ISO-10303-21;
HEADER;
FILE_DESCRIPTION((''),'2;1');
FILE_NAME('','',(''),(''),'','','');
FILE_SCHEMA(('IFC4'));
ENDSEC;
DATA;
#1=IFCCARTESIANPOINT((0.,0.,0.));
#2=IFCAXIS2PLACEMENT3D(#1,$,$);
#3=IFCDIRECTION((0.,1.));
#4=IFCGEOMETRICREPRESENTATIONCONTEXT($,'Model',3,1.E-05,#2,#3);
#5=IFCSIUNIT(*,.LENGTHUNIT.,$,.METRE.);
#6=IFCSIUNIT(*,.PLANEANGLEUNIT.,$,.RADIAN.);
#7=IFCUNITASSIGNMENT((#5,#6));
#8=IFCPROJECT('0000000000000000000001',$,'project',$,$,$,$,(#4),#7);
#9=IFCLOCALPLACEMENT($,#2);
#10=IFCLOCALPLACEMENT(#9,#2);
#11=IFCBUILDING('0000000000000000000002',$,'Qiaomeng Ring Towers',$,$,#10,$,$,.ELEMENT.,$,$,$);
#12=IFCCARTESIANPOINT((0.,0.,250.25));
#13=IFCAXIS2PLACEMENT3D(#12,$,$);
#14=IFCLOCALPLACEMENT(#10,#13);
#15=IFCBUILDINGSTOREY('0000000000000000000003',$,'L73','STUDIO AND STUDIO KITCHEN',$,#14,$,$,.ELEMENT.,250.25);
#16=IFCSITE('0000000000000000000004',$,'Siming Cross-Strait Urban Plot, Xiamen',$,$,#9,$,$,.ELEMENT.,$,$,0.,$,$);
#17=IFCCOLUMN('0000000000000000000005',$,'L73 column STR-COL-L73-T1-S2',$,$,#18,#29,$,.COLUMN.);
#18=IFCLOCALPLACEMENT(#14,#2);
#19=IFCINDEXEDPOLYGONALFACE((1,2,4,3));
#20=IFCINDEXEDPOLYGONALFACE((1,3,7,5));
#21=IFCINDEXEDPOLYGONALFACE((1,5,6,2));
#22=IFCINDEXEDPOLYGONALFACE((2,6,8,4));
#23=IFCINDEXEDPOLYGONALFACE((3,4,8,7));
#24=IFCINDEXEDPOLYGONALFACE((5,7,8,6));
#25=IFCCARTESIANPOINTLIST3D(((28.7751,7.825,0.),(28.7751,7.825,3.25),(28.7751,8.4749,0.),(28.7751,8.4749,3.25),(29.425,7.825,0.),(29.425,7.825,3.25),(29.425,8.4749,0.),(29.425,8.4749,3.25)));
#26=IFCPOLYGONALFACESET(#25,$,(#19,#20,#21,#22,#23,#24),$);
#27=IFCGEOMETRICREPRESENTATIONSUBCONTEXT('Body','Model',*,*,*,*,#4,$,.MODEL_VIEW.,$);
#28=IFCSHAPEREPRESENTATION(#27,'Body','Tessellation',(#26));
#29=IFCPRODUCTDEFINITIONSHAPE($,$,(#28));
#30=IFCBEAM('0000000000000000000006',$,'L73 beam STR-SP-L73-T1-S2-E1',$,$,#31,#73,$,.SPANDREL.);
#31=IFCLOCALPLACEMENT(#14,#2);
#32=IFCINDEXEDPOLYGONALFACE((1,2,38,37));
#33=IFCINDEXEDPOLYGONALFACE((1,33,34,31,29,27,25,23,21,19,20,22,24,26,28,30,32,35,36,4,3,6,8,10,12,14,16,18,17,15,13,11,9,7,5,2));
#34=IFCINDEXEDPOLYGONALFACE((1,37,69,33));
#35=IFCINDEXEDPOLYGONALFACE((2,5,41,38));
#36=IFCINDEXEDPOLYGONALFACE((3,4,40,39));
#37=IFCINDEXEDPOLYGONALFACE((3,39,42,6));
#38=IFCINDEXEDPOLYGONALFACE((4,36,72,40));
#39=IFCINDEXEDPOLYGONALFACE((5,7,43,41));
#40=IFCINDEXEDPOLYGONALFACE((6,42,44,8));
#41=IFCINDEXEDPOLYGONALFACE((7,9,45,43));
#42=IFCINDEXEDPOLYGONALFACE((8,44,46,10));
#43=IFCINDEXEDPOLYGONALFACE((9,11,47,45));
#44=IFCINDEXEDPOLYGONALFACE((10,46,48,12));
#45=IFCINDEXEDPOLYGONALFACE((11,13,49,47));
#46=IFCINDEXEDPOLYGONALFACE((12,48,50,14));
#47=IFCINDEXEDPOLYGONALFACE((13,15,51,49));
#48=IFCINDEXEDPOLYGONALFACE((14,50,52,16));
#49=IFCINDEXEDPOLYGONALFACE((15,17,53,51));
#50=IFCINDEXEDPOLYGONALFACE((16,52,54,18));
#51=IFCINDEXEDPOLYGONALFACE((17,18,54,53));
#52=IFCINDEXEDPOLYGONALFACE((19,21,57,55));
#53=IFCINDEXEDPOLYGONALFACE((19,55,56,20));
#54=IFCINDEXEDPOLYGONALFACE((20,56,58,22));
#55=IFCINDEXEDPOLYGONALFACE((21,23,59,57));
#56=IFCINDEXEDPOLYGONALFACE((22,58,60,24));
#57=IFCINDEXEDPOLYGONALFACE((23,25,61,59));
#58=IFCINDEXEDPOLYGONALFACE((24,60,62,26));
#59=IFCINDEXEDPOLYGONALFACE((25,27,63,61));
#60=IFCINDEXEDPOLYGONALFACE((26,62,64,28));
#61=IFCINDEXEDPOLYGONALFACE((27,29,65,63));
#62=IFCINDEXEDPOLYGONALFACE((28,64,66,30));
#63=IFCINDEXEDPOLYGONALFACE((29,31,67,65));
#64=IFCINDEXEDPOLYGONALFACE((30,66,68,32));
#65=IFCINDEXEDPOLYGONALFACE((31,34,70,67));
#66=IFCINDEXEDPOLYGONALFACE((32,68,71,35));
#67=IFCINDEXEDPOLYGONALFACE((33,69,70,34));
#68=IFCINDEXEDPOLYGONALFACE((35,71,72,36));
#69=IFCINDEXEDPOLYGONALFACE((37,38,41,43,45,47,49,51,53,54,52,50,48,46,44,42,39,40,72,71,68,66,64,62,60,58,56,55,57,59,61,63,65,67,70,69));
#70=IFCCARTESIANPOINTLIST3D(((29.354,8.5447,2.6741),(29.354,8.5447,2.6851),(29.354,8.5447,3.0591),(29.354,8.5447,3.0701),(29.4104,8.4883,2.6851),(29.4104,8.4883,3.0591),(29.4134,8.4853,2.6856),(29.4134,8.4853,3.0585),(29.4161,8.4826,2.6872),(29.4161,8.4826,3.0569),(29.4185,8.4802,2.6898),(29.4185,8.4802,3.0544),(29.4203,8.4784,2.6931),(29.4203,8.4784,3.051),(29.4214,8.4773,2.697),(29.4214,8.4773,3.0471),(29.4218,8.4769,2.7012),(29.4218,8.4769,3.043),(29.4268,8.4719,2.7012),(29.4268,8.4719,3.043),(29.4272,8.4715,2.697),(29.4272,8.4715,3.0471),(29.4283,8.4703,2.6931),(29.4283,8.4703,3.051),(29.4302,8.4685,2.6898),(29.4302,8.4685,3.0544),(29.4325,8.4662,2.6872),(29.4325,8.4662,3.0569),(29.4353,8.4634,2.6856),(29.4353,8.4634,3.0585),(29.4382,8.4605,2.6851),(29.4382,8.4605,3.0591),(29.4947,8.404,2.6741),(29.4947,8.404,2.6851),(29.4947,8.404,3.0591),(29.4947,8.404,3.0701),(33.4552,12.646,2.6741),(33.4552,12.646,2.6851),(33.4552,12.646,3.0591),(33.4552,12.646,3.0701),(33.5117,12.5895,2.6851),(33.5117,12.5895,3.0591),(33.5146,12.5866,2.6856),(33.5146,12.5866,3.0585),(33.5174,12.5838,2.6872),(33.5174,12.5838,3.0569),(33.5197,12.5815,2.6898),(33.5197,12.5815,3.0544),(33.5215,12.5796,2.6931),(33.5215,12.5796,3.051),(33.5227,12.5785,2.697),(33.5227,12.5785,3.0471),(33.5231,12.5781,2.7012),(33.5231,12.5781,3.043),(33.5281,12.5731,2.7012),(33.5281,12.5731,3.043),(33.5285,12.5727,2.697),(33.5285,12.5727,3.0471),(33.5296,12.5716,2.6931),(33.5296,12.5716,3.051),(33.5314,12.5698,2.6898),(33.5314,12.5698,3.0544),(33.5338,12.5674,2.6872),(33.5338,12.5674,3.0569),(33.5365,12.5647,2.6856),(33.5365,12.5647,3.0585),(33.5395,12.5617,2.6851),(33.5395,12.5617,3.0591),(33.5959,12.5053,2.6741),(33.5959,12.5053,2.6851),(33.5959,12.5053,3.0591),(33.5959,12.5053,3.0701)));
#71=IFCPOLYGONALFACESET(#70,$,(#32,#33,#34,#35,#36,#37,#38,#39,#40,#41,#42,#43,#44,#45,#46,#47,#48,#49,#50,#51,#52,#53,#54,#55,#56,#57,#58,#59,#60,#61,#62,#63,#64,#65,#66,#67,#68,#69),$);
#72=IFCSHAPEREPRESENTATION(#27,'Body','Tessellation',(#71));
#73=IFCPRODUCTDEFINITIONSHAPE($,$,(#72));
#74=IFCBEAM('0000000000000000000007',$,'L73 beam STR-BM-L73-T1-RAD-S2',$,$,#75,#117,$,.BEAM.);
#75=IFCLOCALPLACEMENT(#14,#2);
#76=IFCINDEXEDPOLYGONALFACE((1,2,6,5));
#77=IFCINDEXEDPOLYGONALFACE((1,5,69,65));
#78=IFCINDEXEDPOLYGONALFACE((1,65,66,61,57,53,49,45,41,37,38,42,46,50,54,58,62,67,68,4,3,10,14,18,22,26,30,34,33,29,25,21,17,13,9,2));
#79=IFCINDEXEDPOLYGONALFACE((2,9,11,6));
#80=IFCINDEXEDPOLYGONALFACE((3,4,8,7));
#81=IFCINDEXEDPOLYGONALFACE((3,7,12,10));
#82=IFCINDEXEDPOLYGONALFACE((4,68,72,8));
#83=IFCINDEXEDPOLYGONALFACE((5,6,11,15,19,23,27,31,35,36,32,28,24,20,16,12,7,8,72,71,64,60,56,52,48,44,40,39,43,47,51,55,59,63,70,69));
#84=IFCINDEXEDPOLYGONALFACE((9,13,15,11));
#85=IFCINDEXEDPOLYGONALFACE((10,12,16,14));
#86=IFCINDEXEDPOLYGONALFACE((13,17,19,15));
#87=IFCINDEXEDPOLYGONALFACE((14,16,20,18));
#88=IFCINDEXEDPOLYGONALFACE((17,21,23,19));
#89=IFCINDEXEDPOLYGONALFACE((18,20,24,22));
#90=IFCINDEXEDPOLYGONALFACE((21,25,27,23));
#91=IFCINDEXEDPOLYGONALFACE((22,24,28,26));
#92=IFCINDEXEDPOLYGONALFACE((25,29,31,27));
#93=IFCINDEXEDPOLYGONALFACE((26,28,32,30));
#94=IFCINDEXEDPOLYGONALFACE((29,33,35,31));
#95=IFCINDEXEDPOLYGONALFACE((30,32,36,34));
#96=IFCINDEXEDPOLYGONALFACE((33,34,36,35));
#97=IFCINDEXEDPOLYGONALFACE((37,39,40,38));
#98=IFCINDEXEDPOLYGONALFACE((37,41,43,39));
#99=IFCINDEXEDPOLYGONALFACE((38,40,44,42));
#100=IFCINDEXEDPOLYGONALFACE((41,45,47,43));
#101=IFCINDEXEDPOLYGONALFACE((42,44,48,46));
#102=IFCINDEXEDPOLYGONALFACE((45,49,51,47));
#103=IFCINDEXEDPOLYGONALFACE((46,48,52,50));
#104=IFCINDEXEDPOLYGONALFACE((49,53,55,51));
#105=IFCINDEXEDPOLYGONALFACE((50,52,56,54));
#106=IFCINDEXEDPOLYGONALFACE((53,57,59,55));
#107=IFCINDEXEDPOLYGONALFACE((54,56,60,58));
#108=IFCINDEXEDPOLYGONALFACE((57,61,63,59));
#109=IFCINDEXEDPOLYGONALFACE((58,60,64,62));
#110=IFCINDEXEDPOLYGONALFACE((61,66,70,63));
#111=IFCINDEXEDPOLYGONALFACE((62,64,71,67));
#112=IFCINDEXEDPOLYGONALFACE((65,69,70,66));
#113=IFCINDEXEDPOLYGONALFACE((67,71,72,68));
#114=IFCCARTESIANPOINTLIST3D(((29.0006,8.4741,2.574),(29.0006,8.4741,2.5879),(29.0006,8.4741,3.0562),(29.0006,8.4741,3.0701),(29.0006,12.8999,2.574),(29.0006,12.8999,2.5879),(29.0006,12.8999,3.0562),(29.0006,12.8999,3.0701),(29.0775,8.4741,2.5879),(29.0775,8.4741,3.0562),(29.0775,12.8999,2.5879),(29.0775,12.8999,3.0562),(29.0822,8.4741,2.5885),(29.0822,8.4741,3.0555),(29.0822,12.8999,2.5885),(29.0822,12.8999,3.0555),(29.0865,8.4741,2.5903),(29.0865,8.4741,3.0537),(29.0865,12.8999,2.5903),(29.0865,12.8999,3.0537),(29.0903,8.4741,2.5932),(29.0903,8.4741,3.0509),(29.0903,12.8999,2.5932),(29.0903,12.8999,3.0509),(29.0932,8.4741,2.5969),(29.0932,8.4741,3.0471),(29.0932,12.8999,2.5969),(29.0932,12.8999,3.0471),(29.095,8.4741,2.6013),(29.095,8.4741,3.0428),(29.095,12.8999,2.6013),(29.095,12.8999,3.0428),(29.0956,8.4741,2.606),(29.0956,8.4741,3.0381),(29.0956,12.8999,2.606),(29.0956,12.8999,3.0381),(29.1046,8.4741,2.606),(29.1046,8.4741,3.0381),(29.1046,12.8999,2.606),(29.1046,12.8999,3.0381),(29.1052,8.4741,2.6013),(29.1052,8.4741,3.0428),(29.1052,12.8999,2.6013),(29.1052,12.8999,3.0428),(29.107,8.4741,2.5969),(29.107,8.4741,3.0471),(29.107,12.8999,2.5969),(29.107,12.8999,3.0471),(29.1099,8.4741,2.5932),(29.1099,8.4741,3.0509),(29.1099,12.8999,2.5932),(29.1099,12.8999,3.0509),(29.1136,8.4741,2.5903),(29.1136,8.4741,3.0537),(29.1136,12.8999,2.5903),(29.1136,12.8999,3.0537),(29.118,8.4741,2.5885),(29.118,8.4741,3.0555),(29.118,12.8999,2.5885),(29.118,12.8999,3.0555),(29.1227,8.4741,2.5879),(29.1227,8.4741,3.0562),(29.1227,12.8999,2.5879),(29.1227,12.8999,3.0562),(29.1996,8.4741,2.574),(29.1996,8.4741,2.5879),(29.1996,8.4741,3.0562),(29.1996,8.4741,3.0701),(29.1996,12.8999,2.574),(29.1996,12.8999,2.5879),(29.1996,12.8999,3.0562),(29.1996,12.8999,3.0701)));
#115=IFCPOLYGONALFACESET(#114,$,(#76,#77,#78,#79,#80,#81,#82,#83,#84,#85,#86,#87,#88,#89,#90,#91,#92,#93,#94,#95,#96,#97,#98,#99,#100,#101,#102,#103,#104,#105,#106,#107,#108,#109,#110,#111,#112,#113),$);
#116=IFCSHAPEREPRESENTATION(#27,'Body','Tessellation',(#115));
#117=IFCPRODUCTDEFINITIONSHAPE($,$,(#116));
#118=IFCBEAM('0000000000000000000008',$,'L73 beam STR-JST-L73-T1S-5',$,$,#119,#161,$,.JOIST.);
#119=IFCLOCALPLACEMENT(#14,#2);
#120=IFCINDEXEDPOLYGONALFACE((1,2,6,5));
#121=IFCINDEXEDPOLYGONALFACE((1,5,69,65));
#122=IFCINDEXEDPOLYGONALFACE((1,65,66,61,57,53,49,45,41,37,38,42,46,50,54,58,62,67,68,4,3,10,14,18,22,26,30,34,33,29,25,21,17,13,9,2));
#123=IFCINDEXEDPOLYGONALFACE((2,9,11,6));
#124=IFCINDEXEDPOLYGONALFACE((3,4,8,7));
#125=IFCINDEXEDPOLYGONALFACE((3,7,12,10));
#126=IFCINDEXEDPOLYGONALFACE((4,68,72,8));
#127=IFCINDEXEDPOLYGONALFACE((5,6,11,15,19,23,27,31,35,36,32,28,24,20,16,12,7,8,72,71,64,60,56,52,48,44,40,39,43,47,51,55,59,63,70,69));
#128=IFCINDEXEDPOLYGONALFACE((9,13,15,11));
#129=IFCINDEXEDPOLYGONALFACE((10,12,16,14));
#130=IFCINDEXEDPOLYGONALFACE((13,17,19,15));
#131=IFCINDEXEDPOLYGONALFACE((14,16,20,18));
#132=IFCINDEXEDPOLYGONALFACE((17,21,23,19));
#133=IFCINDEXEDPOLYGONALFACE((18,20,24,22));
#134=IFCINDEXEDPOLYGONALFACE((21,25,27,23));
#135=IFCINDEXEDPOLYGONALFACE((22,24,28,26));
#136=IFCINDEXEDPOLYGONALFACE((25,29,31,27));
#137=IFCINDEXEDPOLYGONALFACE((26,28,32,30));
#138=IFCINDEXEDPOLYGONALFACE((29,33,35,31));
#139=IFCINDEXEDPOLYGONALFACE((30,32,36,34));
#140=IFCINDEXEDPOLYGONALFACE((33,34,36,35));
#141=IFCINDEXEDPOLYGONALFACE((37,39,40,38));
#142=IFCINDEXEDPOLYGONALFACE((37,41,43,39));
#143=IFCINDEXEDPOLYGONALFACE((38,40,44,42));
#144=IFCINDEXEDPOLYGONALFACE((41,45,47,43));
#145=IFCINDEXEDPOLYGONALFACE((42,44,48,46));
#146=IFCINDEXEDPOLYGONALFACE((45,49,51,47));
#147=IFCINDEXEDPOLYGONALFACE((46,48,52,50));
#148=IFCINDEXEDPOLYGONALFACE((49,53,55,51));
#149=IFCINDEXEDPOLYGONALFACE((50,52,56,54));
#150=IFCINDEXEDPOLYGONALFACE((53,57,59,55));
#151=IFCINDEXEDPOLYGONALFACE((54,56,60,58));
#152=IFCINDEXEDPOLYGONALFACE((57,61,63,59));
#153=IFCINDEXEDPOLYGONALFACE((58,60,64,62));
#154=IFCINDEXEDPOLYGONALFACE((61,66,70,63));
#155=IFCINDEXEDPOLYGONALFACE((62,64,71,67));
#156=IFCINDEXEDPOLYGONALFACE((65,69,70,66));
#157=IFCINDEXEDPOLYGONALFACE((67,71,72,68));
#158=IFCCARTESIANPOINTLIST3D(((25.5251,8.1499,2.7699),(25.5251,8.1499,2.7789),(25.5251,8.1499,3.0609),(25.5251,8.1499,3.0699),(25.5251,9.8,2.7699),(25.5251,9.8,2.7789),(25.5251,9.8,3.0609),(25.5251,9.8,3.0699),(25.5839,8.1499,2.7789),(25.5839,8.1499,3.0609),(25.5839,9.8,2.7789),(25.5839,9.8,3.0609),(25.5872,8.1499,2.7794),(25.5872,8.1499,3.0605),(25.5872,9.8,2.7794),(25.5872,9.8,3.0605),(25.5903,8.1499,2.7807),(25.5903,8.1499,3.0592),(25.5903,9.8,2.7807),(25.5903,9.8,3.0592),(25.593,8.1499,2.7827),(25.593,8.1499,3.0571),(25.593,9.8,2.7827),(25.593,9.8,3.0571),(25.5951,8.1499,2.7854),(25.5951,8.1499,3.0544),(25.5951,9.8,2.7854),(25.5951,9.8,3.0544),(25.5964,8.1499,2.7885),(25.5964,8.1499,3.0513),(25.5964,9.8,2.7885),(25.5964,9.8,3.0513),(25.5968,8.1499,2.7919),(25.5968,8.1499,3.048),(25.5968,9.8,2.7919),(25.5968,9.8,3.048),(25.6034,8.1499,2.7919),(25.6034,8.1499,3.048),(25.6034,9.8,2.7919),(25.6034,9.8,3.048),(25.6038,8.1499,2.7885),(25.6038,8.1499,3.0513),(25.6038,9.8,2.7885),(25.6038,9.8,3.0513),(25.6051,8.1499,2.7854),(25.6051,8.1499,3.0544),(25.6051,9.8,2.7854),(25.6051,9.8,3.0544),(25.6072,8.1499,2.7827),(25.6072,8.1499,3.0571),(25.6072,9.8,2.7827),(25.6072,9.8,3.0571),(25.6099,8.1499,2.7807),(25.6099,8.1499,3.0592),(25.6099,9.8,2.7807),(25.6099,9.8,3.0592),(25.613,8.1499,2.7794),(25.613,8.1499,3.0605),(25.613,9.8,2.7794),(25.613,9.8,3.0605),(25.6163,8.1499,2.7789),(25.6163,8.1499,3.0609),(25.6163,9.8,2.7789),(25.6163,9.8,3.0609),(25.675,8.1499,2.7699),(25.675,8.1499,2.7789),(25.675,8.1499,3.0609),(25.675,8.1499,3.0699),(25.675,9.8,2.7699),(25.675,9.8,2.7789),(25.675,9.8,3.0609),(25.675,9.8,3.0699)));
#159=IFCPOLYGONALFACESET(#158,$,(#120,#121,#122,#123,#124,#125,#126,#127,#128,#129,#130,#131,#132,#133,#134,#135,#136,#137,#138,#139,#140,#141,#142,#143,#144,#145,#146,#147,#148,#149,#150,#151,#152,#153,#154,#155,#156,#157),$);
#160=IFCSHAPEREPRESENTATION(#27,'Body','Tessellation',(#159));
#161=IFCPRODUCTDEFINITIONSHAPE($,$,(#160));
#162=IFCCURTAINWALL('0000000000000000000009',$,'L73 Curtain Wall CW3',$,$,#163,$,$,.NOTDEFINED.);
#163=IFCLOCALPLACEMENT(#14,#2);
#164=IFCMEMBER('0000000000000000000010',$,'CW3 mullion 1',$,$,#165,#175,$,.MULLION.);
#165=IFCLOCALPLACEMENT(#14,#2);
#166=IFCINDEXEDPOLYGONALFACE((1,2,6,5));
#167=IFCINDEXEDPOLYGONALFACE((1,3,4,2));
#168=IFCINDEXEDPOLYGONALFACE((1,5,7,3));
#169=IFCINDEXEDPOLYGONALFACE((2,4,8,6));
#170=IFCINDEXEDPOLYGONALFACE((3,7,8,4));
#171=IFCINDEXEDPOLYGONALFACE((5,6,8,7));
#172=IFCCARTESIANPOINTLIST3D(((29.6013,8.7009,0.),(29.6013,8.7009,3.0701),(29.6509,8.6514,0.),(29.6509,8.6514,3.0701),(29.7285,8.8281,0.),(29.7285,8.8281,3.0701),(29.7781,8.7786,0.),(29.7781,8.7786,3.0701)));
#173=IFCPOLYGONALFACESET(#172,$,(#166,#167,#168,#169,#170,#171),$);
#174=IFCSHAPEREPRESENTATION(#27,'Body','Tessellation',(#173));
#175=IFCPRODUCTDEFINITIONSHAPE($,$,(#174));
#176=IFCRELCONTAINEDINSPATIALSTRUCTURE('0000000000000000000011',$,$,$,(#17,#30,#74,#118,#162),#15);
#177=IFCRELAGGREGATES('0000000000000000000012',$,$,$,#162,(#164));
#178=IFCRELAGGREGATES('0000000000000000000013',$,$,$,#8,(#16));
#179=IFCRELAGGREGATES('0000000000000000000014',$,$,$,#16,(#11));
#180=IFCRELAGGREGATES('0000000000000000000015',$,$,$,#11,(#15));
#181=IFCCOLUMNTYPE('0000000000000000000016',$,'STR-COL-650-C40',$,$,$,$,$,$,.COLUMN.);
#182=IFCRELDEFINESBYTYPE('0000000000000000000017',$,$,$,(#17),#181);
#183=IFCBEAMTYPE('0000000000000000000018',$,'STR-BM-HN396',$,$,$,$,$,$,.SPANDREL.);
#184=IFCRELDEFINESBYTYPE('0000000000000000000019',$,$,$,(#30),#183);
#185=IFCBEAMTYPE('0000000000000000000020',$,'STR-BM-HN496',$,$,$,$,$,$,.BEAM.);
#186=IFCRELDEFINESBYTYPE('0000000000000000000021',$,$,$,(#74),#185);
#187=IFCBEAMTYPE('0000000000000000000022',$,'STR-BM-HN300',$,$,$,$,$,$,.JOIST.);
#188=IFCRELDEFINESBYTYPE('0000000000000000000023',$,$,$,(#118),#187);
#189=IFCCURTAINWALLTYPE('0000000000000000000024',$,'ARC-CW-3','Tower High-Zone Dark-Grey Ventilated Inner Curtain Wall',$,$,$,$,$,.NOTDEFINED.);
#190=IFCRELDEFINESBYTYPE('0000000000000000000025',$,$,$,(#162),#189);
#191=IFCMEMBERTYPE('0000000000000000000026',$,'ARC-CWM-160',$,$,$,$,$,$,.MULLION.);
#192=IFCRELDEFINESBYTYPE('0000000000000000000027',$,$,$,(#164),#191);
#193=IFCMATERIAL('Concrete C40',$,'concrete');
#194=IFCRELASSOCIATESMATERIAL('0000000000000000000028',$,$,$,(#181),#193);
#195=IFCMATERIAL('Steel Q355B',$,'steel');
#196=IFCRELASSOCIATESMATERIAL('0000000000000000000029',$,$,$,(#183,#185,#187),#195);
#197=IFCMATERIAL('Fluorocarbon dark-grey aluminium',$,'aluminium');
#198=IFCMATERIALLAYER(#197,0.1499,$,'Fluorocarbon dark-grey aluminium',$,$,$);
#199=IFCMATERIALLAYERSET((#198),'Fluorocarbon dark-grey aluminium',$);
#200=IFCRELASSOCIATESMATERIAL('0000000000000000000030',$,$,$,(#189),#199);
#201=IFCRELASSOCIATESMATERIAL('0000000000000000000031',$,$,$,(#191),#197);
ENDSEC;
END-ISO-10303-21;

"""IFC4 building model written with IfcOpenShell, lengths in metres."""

from ifc_helpers import new_model, si_unit, direction, frame, origin, origin_2d, place, context, subcontext, project, spatial, rectangle, i_section, extrude, source, transform, mapped, material, layer, layer_set, material_profile, profile_set, type_object, element, aggregate, save


model = new_model("IFC4")

# Units and contexts
model_context = context("Model", 3, precision=1e-05, world=origin(), true_north=direction((0.0, 1.0)))
body_context = subcontext(model_context, "Body", "Model", "MODEL_VIEW")
ifc_project = project(units=[si_unit("LENGTHUNIT", "METRE"), si_unit("PLANEANGLEUNIT", "RADIAN")], contexts=[model_context])

# Site, building, storey
site_placement = place(None, origin())
site = spatial("IfcSite", under=ifc_project, at=site_placement, Name="Siming Cross-Strait Urban Plot, Xiamen", CompositionType="ELEMENT", RefElevation=0.0)
building_placement = place(site_placement, origin())
building = spatial("IfcBuilding", under=site, at=building_placement, Name="Qiaomeng Ring Towers", CompositionType="ELEMENT")
storey_placement = place(building_placement, frame((0.0, 0.0, 250.25)))
storey = spatial("IfcBuildingStorey", under=building, at=storey_placement, Name="L73", Description="STUDIO AND STUDIO KITCHEN", CompositionType="ELEMENT", Elevation=250.25)

# Column
ifc_material_1 = material(Name="Concrete C40", Category="concrete")
ifc_material_profile_1 = material_profile(ifc_material_1, rectangle(XDim=0.6499, YDim=0.6499, at=origin_2d()), Name="RC COL 650x650")
ifc_profile_set_1 = profile_set([ifc_material_profile_1], Name="Concrete C40")
column_type = type_object("IfcColumnType", Name="STR-COL-650-C40", PredefinedType="COLUMN", material=ifc_profile_set_1)
shared_shape_1 = source(origin(), body_context, "Body", "SweptSolid", [
    extrude(rectangle(XDim=0.6499, YDim=0.6499, at=origin_2d()), origin(), (0.0, 0.0, 1.0), 3.25),
])
column_placement = place(storey_placement, frame((29.1001, 8.1499, 0.0), z_axis=(0.0, 0.0, 1.0), x_axis=(1.0, 0.0, 0.0)))
element("IfcColumn", 1, at=column_placement, inside=storey, type_object=column_type, Name="L73 column STR-COL-L73-T1-S2", PredefinedType="COLUMN", context=body_context, shape_type="MappedRepresentation", body=[
    mapped(shared_shape_1, transform((0.0, 0.0, 0.0), x_axis=(1.0, 0.0, 0.0), y_axis=(0.0, 1.0, 0.0), z_axis=(0.0, 0.0, 1.0), scale=1.0)),
])

# Beams
ifc_material_2 = material(Name="Steel Q355B", Category="steel")
ifc_material_profile_2 = material_profile(ifc_material_2, i_section(OverallWidth=0.199, OverallDepth=0.396, WebThickness=0.0071, FlangeThickness=0.011, FilletRadius=0.0161, at=origin_2d()), Name="HN 396x199x7x11")
ifc_profile_set_2 = profile_set([ifc_material_profile_2], Name="Steel Q355B")
beam_type_1 = type_object("IfcBeamType", Name="STR-BM-HN396", PredefinedType="SPANDREL", material=ifc_profile_set_2)
shared_shape_2 = source(origin(), body_context, "Body", "SweptSolid", [
    extrude(i_section(OverallWidth=0.199, OverallDepth=0.396, WebThickness=0.0071, FlangeThickness=0.011, FilletRadius=0.0161, at=origin_2d()), origin(), (0.0, 0.0, 1.0), 5.8),
])
beam_1_placement = place(storey_placement, frame((29.4243, 8.4744, 2.8721), z_axis=(0.707107, 0.707107, 0.0), x_axis=(-0.707107, 0.707107, 0.0)))
element("IfcBeam", 2, at=beam_1_placement, inside=storey, type_object=beam_type_1, Name="L73 beam STR-SP-L73-T1-S2-E1", PredefinedType="SPANDREL", context=body_context, shape_type="MappedRepresentation", body=[
    mapped(shared_shape_2, transform((0.0, 0.0, 0.0), x_axis=(1.0, 0.0, 0.0), y_axis=(0.0, 1.0, 0.0), z_axis=(0.0, 0.0, 1.0), scale=1.0)),
])
ifc_material_profile_3 = material_profile(ifc_material_2, i_section(OverallWidth=0.199, OverallDepth=0.4961, WebThickness=0.009, FlangeThickness=0.0139, FilletRadius=0.0181, at=origin_2d()), Name="HN 496x199x9x14")
ifc_profile_set_3 = profile_set([ifc_material_profile_3], Name="Steel Q355B")
beam_type_2 = type_object("IfcBeamType", Name="STR-BM-HN496", PredefinedType="BEAM", material=ifc_profile_set_3)
shared_shape_3 = source(origin(), body_context, "Body", "SweptSolid", [
    extrude(i_section(OverallWidth=0.199, OverallDepth=0.4961, WebThickness=0.009, FlangeThickness=0.0139, FilletRadius=0.0181, at=origin_2d()), origin(), (0.0, 0.0, 1.0), 4.4258),
])
beam_2_placement = place(storey_placement, frame((29.1001, 8.4741, 2.822), z_axis=(0.0, 1.0, 0.0), x_axis=(-1.0, 0.0, 0.0)))
element("IfcBeam", 3, at=beam_2_placement, inside=storey, type_object=beam_type_2, Name="L73 beam STR-BM-L73-T1-RAD-S2", PredefinedType="BEAM", context=body_context, shape_type="MappedRepresentation", body=[
    mapped(shared_shape_3, transform((0.0, 0.0, 0.0), x_axis=(1.0, 0.0, 0.0), y_axis=(0.0, 1.0, 0.0), z_axis=(0.0, 0.0, 1.0), scale=1.0)),
])
ifc_material_profile_4 = material_profile(ifc_material_2, i_section(OverallWidth=0.1499, OverallDepth=0.3, WebThickness=0.0066, FlangeThickness=0.009, FilletRadius=0.0129, at=origin_2d()), Name="HN 300x150x6.5x9")
ifc_profile_set_4 = profile_set([ifc_material_profile_4], Name="Steel Q355B")
beam_type_3 = type_object("IfcBeamType", Name="STR-BM-HN300", PredefinedType="JOIST", material=ifc_profile_set_4)
shared_shape_4 = source(origin(), body_context, "Body", "SweptSolid", [
    extrude(i_section(OverallWidth=0.1499, OverallDepth=0.3, WebThickness=0.0066, FlangeThickness=0.009, FilletRadius=0.0129, at=origin_2d()), origin(), (0.0, 0.0, 1.0), 1.6501),
])
beam_3_placement = place(storey_placement, frame((25.6001, 8.1499, 2.9199), z_axis=(0.0, 1.0, 0.0), x_axis=(-1.0, 0.0, 0.0)))
element("IfcBeam", 4, at=beam_3_placement, inside=storey, type_object=beam_type_3, Name="L73 beam STR-JST-L73-T1S-5", PredefinedType="JOIST", context=body_context, shape_type="MappedRepresentation", body=[
    mapped(shared_shape_4, transform((0.0, 0.0, 0.0), x_axis=(1.0, 0.0, 0.0), y_axis=(0.0, 1.0, 0.0), z_axis=(0.0, 0.0, 1.0), scale=1.0)),
])

# Curtain wall, member
ifc_material_3 = material(Name="Fluorocarbon dark-grey aluminium", Category="aluminium")
ifc_layer_1 = layer(ifc_material_3, 0.1499, Name="Fluorocarbon dark-grey aluminium")
ifc_layer_set_1 = layer_set([ifc_layer_1], Name="Fluorocarbon dark-grey aluminium")
curtain_wall_type = type_object("IfcCurtainWallType", Name="ARC-CW-3", Description="Tower High-Zone Dark-Grey Ventilated Inner Curtain Wall", PredefinedType="NOTDEFINED", material=ifc_layer_set_1)
curtain_wall_placement = place(storey_placement, origin())
curtain_wall = element("IfcCurtainWall", 5, at=curtain_wall_placement, inside=storey, type_object=curtain_wall_type, Name="L73 Curtain Wall CW3", PredefinedType="NOTDEFINED")
ifc_material_profile_5 = material_profile(ifc_material_3, rectangle(XDim=0.0701, YDim=0.1799, at=origin_2d()), Name="ALU MULL 70x180")
ifc_profile_set_5 = profile_set([ifc_material_profile_5], Name="Fluorocarbon dark-grey aluminium")
member_type_1 = type_object("IfcMemberType", Name="ARC-CWM-160", PredefinedType="MULLION", material=ifc_profile_set_5)
shared_shape_5 = source(origin(), body_context, "Body", "SweptSolid", [
    extrude(rectangle(XDim=0.0701, YDim=0.1799, at=origin_2d()), origin(), (0.0, 0.0, 1.0), 3.0701),
])
member_1_placement = place(storey_placement, frame((29.6897, 8.7397, 0.0), z_axis=(0.0, 0.0, 1.0), x_axis=(-0.707107, 0.707107, 0.0)))
member_1 = element("IfcMember", 6, at=member_1_placement, type_object=member_type_1, Name="CW3 mullion 1", PredefinedType="MULLION", context=body_context, shape_type="MappedRepresentation", body=[
    mapped(shared_shape_5, transform((0.0, 0.0, 0.0), x_axis=(1.0, 0.0, 0.0), y_axis=(0.0, 1.0, 0.0), z_axis=(0.0, 0.0, 1.0), scale=1.0)),
])
aggregate(curtain_wall, [member_1])

save(model, "model.ifc")
